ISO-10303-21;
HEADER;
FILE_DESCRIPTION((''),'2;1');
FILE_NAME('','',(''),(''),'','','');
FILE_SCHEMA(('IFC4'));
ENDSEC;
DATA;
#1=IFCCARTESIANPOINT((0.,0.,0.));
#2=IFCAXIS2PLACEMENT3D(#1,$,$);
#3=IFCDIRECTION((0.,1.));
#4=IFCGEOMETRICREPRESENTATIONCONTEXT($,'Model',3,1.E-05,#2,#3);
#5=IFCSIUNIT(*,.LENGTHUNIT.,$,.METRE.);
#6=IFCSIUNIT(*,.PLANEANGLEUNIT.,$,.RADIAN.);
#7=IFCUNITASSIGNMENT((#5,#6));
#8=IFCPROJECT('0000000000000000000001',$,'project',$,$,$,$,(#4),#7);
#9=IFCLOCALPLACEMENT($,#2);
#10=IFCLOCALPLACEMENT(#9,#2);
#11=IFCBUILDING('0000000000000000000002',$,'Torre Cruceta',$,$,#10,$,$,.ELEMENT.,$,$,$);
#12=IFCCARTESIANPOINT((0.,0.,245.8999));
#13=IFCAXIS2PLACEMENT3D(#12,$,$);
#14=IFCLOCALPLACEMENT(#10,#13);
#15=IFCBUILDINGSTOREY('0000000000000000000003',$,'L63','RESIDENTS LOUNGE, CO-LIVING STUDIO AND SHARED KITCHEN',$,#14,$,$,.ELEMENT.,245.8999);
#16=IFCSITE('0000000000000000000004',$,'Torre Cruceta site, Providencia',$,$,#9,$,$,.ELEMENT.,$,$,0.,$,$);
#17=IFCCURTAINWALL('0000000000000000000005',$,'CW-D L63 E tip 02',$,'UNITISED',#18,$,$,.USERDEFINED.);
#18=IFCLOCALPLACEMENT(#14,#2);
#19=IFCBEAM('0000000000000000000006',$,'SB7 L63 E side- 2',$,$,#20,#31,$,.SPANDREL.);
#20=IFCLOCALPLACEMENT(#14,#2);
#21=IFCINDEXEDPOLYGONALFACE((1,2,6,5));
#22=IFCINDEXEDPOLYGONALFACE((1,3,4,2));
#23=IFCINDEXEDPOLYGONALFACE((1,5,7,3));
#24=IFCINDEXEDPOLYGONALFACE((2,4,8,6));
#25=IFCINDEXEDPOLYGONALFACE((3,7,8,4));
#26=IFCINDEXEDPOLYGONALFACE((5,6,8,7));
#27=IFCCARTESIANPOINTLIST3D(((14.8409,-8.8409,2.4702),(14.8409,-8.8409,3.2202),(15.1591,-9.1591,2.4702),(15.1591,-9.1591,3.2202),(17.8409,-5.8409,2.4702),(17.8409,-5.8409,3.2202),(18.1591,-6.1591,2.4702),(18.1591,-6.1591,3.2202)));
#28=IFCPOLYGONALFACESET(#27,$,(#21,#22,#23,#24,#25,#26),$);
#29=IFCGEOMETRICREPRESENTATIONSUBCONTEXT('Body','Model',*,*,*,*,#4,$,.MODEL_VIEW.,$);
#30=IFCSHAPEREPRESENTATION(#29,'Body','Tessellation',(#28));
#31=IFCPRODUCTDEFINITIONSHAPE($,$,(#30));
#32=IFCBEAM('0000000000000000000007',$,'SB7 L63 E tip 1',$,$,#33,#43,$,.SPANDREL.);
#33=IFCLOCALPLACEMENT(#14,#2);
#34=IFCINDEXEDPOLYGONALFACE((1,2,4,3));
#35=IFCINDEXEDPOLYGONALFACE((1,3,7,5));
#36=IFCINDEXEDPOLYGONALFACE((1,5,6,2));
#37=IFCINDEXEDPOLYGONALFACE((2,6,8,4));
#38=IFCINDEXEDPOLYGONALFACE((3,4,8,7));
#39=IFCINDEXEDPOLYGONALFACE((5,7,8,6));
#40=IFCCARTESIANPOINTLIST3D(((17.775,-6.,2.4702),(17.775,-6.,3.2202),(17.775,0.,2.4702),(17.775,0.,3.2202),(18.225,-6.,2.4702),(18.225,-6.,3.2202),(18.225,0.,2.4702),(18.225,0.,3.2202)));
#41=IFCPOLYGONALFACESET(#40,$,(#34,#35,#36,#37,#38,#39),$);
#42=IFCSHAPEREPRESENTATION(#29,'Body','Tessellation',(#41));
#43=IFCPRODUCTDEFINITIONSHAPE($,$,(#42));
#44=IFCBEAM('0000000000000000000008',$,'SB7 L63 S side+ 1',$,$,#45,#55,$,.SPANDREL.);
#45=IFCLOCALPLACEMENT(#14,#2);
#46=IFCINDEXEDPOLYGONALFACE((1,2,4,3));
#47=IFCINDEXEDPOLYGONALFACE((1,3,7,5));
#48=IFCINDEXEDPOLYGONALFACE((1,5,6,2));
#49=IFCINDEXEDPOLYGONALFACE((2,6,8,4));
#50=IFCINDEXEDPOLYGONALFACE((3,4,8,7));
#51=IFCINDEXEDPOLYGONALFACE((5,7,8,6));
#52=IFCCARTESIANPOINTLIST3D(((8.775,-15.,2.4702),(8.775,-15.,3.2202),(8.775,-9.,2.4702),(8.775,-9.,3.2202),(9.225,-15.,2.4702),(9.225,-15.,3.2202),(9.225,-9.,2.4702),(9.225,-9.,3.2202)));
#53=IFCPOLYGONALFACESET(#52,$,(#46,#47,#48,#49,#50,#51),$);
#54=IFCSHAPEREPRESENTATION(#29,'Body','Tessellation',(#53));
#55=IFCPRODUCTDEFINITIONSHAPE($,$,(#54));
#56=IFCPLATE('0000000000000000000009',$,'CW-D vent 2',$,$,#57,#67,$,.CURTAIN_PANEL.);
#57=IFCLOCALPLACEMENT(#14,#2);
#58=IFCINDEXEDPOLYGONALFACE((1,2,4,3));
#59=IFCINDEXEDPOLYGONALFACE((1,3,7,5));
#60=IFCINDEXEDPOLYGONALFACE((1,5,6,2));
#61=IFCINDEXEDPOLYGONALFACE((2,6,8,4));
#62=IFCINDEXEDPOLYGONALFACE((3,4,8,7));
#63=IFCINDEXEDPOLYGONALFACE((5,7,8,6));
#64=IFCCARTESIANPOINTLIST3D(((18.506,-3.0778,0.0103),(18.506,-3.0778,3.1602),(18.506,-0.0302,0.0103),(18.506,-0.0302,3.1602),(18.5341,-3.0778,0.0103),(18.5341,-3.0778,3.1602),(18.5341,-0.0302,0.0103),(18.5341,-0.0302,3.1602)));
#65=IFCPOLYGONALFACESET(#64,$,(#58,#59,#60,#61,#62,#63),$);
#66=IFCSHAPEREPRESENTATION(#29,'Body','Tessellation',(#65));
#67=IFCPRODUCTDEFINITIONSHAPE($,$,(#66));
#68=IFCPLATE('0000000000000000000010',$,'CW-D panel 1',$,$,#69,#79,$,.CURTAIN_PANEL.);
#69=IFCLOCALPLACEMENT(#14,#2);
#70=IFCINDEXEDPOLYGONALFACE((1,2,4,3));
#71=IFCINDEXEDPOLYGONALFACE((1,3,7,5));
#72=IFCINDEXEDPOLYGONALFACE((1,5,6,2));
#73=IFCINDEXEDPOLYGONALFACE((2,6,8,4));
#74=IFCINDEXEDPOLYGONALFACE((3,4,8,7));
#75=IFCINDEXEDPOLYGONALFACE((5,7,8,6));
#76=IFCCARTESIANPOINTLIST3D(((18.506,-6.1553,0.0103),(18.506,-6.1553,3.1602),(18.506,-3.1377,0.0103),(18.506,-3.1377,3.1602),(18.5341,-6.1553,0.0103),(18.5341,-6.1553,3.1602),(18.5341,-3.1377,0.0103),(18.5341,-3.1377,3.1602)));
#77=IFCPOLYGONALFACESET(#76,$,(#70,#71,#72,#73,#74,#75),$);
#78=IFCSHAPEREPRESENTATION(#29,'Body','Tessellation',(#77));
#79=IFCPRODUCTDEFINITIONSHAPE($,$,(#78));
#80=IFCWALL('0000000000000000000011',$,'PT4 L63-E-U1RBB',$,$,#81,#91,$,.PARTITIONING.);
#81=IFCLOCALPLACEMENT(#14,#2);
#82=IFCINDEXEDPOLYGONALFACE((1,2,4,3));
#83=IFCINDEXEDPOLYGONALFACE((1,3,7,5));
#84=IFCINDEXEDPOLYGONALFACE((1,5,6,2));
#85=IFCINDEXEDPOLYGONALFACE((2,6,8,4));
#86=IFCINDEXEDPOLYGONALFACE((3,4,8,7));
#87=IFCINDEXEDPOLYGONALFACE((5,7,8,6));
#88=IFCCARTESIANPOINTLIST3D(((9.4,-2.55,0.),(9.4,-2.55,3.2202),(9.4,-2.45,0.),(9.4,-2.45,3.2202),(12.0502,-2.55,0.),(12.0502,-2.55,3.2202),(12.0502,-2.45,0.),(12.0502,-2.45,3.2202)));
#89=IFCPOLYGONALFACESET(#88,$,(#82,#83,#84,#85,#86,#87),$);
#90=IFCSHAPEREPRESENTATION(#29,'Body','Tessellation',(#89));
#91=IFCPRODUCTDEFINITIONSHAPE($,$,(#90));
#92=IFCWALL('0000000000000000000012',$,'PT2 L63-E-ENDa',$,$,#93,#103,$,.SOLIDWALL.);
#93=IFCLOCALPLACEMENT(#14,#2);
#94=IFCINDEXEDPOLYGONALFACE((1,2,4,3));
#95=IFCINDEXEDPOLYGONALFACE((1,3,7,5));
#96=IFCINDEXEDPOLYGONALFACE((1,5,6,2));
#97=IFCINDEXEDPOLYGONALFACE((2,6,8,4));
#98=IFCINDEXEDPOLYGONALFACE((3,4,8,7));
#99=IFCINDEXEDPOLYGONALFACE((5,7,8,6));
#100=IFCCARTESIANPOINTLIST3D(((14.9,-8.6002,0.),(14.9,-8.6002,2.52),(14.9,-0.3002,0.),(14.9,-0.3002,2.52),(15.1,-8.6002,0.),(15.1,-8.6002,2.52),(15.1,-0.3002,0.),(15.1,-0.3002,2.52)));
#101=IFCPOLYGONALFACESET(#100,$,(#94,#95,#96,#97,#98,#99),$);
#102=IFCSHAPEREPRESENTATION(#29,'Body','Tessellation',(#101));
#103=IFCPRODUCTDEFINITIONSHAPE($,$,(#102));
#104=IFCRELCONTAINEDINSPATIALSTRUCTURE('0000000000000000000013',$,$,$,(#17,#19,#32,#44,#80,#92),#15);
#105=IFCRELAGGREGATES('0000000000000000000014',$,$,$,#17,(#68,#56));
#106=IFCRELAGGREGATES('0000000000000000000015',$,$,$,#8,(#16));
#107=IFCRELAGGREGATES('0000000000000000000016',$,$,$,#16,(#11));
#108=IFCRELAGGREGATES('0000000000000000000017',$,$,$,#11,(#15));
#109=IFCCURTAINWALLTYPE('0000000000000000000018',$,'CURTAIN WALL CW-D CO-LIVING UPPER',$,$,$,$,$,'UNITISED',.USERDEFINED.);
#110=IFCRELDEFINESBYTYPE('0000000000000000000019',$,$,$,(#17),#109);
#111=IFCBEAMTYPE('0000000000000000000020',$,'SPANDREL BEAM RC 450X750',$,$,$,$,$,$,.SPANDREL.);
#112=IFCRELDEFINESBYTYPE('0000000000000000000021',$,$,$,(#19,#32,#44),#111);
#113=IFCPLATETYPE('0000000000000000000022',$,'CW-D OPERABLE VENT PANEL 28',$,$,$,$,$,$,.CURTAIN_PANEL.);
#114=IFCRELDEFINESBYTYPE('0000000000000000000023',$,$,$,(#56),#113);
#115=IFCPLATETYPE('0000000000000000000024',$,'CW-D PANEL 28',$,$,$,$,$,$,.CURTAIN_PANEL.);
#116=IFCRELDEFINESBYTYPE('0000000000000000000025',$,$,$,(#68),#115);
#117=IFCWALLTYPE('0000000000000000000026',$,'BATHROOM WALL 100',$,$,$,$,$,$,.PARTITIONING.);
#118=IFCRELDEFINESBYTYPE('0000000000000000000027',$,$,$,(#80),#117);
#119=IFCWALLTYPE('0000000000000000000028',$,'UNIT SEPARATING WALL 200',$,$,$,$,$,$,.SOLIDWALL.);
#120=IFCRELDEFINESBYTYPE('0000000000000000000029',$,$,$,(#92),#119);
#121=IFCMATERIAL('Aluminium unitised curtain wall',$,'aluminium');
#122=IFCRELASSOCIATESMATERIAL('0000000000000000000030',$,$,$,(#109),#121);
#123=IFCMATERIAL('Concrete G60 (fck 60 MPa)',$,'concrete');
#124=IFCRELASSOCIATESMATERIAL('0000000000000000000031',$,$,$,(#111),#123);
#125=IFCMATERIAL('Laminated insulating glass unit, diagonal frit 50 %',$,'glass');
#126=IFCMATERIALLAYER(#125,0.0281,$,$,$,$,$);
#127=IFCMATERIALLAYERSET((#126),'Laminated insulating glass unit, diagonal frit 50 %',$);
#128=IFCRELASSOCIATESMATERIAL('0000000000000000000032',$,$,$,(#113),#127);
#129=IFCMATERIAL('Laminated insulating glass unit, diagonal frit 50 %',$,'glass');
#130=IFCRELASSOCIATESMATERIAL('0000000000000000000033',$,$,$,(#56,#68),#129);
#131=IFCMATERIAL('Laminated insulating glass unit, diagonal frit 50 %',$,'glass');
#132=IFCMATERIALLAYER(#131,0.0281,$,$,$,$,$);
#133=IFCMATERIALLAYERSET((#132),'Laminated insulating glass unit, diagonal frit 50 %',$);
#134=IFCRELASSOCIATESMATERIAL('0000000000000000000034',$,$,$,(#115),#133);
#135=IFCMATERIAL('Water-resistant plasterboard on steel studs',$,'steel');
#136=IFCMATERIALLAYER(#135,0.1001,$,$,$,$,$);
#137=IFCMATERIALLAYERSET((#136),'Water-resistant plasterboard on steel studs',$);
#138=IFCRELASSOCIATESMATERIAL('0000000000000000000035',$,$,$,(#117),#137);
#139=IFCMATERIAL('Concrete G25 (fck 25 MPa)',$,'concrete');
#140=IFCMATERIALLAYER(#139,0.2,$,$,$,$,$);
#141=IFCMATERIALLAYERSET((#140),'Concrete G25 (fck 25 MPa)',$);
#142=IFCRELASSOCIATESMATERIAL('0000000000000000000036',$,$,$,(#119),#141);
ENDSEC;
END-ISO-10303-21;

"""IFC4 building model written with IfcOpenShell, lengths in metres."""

from ifc_helpers import new_model, si_unit, direction, frame, frame_2d, origin, origin_2d, place, context, subcontext, project, spatial, rectangle, extrude, material, layer, layer_set, material_profile, profile_set, type_object, element, aggregate, save


model = new_model("IFC4")

# Units and contexts
model_context = context("Model", 3, precision=1e-05, world=origin(), true_north=direction((0.0, 1.0)))
body_context = subcontext(model_context, "Body", "Model", "MODEL_VIEW")
ifc_project = project(units=[si_unit("LENGTHUNIT", "METRE"), si_unit("PLANEANGLEUNIT", "RADIAN")], contexts=[model_context])

# Site, building, storey
site_placement = place(None, origin())
site = spatial("IfcSite", under=ifc_project, at=site_placement, Name="Torre Cruceta site, Providencia", CompositionType="ELEMENT", RefElevation=0.0)
building_placement = place(site_placement, origin())
building = spatial("IfcBuilding", under=site, at=building_placement, Name="Torre Cruceta", CompositionType="ELEMENT")
storey_placement = place(building_placement, frame((0.0, 0.0, 245.8999)))
storey = spatial("IfcBuildingStorey", under=building, at=storey_placement, Name="L63", Description="RESIDENTS LOUNGE, CO-LIVING STUDIO AND SHARED KITCHEN", CompositionType="ELEMENT", Elevation=245.8999)

# Curtain wall
ifc_material_1 = material(Name="Aluminium unitised curtain wall", Category="aluminium")
curtain_wall_type = type_object("IfcCurtainWallType", Name="CURTAIN WALL CW-D CO-LIVING UPPER", ElementType="UNITISED", PredefinedType="USERDEFINED", material=ifc_material_1)
curtain_wall_placement = place(storey_placement, origin())
curtain_wall = element("IfcCurtainWall", 1, at=curtain_wall_placement, inside=storey, type_object=curtain_wall_type, Name="CW-D L63 E tip 02", ObjectType="UNITISED", PredefinedType="USERDEFINED")

# Beams
ifc_material_2 = material(Name="Concrete G60 (fck 60 MPa)", Category="concrete")
ifc_material_profile_1 = material_profile(ifc_material_2, rectangle(XDim=0.45, YDim=0.75, at=origin_2d()), Name="RC 450X750")
ifc_profile_set_1 = profile_set([ifc_material_profile_1], Name="Concrete G60 (fck 60 MPa)")
beam_type_1 = type_object("IfcBeamType", Name="SPANDREL BEAM RC 450X750", PredefinedType="SPANDREL", material=ifc_profile_set_1)
beam_1_placement = place(storey_placement, frame((15.0, -9.0, 2.8452), z_axis=(0.707107, 0.707107, 0.0), x_axis=(-0.707107, 0.707107, 0.0)))
element("IfcBeam", 2, at=beam_1_placement, inside=storey, type_object=beam_type_1, Name="SB7 L63 E side- 2", PredefinedType="SPANDREL", context=body_context, shape_type="SweptSolid", body=[
    extrude(rectangle(XDim=0.45, YDim=0.75, at=origin_2d()), origin(), (0.0, 0.0, 1.0), 4.2427),
])
for number, where, z_axis, x_axis, name in (
    (3, (18.0, -6.0, 2.8452), (0.0, 1.0, 0.0), (-1.0, 0.0, 0.0), "SB7 L63 E tip 1"),
    (4, (9.0, -9.0, 2.8452), (0.0, -1.0, 0.0), (1.0, 0.0, 0.0), "SB7 L63 S side+ 1"),
):
    element("IfcBeam", number, at=place(storey_placement, frame(where, z_axis=z_axis, x_axis=x_axis)), inside=storey, type_object=beam_type_1, Name=name, PredefinedType="SPANDREL", context=body_context, shape_type="SweptSolid", body=[
        extrude(rectangle(XDim=0.45, YDim=0.75, at=origin_2d()), origin(), (0.0, 0.0, 1.0), 6.0),
    ])

# Plates
ifc_material_3 = material(Name="Laminated insulating glass unit, diagonal frit 50 %", Category="glass")
ifc_material_4 = material(Name="Laminated insulating glass unit, diagonal frit 50 %", Category="glass")
ifc_layer_1 = layer(ifc_material_4, 0.0281)
ifc_layer_set_1 = layer_set([ifc_layer_1], Name="Laminated insulating glass unit, diagonal frit 50 %")
plate_type_1 = type_object("IfcPlateType", Name="CW-D OPERABLE VENT PANEL 28", PredefinedType="CURTAIN_PANEL", material=ifc_layer_set_1)
plate_1_placement = place(storey_placement, frame((18.52, -1.554, 0.0103), z_axis=(0.0, 0.0, 1.0), x_axis=(0.0, 1.0, 0.0)))
plate_1 = element("IfcPlate", 5, at=plate_1_placement, type_object=plate_type_1, material=ifc_material_3, Name="CW-D vent 2", PredefinedType="CURTAIN_PANEL", context=body_context, shape_type="SweptSolid", body=[
    extrude(rectangle(XDim=3.0476, YDim=0.0281, at=origin_2d()), origin(), (0.0, 0.0, 1.0), 3.1499),
])
ifc_material_5 = material(Name="Laminated insulating glass unit, diagonal frit 50 %", Category="glass")
ifc_layer_2 = layer(ifc_material_5, 0.0281)
ifc_layer_set_2 = layer_set([ifc_layer_2], Name="Laminated insulating glass unit, diagonal frit 50 %")
plate_type_2 = type_object("IfcPlateType", Name="CW-D PANEL 28", PredefinedType="CURTAIN_PANEL", material=ifc_layer_set_2)
plate_2_placement = place(storey_placement, frame((18.52, -4.6465, 0.0103), z_axis=(0.0, 0.0, 1.0), x_axis=(0.0, 1.0, 0.0)))
plate_2 = element("IfcPlate", 6, at=plate_2_placement, type_object=plate_type_2, material=ifc_material_3, Name="CW-D panel 1", PredefinedType="CURTAIN_PANEL", context=body_context, shape_type="SweptSolid", body=[
    extrude(rectangle(XDim=3.0176, YDim=0.0281, at=origin_2d()), origin(), (0.0, 0.0, 1.0), 3.1499),
])
aggregate(curtain_wall, [plate_2, plate_1])

# Walls
ifc_material_6 = material(Name="Water-resistant plasterboard on steel studs", Category="steel")
ifc_layer_3 = layer(ifc_material_6, 0.1001)
ifc_layer_set_3 = layer_set([ifc_layer_3], Name="Water-resistant plasterboard on steel studs")
wall_type_1 = type_object("IfcWallType", Name="BATHROOM WALL 100", PredefinedType="PARTITIONING", material=ifc_layer_set_3)
wall_1_placement = place(storey_placement, frame((9.3999, -2.5, 0.0), z_axis=(0.0, 0.0, 1.0), x_axis=(1.0, 0.0, 0.0)))
element("IfcWall", 7, at=wall_1_placement, inside=storey, type_object=wall_type_1, Name="PT4 L63-E-U1RBB", PredefinedType="PARTITIONING", context=body_context, shape_type="SweptSolid", body=[
    extrude(rectangle(XDim=2.6501, YDim=0.1001, at=frame_2d((1.3252, 0.0))), origin(), (0.0, 0.0, 1.0), 3.2202),
])
ifc_material_7 = material(Name="Concrete G25 (fck 25 MPa)", Category="concrete")
ifc_layer_4 = layer(ifc_material_7, 0.2)
ifc_layer_set_4 = layer_set([ifc_layer_4], Name="Concrete G25 (fck 25 MPa)")
wall_type_2 = type_object("IfcWallType", Name="UNIT SEPARATING WALL 200", PredefinedType="SOLIDWALL", material=ifc_layer_set_4)
wall_2_placement = place(storey_placement, frame((15.0, -8.6001, 0.0), z_axis=(0.0, 0.0, 1.0), x_axis=(0.0, 1.0, 0.0)))
element("IfcWall", 8, at=wall_2_placement, inside=storey, type_object=wall_type_2, Name="PT2 L63-E-ENDa", PredefinedType="SOLIDWALL", context=body_context, shape_type="SweptSolid", body=[
    extrude(rectangle(XDim=8.3, YDim=0.2, at=frame_2d((4.1499, 0.0))), origin(), (0.0, 0.0, 1.0), 2.52),
])

save(model, "model.ifc")
